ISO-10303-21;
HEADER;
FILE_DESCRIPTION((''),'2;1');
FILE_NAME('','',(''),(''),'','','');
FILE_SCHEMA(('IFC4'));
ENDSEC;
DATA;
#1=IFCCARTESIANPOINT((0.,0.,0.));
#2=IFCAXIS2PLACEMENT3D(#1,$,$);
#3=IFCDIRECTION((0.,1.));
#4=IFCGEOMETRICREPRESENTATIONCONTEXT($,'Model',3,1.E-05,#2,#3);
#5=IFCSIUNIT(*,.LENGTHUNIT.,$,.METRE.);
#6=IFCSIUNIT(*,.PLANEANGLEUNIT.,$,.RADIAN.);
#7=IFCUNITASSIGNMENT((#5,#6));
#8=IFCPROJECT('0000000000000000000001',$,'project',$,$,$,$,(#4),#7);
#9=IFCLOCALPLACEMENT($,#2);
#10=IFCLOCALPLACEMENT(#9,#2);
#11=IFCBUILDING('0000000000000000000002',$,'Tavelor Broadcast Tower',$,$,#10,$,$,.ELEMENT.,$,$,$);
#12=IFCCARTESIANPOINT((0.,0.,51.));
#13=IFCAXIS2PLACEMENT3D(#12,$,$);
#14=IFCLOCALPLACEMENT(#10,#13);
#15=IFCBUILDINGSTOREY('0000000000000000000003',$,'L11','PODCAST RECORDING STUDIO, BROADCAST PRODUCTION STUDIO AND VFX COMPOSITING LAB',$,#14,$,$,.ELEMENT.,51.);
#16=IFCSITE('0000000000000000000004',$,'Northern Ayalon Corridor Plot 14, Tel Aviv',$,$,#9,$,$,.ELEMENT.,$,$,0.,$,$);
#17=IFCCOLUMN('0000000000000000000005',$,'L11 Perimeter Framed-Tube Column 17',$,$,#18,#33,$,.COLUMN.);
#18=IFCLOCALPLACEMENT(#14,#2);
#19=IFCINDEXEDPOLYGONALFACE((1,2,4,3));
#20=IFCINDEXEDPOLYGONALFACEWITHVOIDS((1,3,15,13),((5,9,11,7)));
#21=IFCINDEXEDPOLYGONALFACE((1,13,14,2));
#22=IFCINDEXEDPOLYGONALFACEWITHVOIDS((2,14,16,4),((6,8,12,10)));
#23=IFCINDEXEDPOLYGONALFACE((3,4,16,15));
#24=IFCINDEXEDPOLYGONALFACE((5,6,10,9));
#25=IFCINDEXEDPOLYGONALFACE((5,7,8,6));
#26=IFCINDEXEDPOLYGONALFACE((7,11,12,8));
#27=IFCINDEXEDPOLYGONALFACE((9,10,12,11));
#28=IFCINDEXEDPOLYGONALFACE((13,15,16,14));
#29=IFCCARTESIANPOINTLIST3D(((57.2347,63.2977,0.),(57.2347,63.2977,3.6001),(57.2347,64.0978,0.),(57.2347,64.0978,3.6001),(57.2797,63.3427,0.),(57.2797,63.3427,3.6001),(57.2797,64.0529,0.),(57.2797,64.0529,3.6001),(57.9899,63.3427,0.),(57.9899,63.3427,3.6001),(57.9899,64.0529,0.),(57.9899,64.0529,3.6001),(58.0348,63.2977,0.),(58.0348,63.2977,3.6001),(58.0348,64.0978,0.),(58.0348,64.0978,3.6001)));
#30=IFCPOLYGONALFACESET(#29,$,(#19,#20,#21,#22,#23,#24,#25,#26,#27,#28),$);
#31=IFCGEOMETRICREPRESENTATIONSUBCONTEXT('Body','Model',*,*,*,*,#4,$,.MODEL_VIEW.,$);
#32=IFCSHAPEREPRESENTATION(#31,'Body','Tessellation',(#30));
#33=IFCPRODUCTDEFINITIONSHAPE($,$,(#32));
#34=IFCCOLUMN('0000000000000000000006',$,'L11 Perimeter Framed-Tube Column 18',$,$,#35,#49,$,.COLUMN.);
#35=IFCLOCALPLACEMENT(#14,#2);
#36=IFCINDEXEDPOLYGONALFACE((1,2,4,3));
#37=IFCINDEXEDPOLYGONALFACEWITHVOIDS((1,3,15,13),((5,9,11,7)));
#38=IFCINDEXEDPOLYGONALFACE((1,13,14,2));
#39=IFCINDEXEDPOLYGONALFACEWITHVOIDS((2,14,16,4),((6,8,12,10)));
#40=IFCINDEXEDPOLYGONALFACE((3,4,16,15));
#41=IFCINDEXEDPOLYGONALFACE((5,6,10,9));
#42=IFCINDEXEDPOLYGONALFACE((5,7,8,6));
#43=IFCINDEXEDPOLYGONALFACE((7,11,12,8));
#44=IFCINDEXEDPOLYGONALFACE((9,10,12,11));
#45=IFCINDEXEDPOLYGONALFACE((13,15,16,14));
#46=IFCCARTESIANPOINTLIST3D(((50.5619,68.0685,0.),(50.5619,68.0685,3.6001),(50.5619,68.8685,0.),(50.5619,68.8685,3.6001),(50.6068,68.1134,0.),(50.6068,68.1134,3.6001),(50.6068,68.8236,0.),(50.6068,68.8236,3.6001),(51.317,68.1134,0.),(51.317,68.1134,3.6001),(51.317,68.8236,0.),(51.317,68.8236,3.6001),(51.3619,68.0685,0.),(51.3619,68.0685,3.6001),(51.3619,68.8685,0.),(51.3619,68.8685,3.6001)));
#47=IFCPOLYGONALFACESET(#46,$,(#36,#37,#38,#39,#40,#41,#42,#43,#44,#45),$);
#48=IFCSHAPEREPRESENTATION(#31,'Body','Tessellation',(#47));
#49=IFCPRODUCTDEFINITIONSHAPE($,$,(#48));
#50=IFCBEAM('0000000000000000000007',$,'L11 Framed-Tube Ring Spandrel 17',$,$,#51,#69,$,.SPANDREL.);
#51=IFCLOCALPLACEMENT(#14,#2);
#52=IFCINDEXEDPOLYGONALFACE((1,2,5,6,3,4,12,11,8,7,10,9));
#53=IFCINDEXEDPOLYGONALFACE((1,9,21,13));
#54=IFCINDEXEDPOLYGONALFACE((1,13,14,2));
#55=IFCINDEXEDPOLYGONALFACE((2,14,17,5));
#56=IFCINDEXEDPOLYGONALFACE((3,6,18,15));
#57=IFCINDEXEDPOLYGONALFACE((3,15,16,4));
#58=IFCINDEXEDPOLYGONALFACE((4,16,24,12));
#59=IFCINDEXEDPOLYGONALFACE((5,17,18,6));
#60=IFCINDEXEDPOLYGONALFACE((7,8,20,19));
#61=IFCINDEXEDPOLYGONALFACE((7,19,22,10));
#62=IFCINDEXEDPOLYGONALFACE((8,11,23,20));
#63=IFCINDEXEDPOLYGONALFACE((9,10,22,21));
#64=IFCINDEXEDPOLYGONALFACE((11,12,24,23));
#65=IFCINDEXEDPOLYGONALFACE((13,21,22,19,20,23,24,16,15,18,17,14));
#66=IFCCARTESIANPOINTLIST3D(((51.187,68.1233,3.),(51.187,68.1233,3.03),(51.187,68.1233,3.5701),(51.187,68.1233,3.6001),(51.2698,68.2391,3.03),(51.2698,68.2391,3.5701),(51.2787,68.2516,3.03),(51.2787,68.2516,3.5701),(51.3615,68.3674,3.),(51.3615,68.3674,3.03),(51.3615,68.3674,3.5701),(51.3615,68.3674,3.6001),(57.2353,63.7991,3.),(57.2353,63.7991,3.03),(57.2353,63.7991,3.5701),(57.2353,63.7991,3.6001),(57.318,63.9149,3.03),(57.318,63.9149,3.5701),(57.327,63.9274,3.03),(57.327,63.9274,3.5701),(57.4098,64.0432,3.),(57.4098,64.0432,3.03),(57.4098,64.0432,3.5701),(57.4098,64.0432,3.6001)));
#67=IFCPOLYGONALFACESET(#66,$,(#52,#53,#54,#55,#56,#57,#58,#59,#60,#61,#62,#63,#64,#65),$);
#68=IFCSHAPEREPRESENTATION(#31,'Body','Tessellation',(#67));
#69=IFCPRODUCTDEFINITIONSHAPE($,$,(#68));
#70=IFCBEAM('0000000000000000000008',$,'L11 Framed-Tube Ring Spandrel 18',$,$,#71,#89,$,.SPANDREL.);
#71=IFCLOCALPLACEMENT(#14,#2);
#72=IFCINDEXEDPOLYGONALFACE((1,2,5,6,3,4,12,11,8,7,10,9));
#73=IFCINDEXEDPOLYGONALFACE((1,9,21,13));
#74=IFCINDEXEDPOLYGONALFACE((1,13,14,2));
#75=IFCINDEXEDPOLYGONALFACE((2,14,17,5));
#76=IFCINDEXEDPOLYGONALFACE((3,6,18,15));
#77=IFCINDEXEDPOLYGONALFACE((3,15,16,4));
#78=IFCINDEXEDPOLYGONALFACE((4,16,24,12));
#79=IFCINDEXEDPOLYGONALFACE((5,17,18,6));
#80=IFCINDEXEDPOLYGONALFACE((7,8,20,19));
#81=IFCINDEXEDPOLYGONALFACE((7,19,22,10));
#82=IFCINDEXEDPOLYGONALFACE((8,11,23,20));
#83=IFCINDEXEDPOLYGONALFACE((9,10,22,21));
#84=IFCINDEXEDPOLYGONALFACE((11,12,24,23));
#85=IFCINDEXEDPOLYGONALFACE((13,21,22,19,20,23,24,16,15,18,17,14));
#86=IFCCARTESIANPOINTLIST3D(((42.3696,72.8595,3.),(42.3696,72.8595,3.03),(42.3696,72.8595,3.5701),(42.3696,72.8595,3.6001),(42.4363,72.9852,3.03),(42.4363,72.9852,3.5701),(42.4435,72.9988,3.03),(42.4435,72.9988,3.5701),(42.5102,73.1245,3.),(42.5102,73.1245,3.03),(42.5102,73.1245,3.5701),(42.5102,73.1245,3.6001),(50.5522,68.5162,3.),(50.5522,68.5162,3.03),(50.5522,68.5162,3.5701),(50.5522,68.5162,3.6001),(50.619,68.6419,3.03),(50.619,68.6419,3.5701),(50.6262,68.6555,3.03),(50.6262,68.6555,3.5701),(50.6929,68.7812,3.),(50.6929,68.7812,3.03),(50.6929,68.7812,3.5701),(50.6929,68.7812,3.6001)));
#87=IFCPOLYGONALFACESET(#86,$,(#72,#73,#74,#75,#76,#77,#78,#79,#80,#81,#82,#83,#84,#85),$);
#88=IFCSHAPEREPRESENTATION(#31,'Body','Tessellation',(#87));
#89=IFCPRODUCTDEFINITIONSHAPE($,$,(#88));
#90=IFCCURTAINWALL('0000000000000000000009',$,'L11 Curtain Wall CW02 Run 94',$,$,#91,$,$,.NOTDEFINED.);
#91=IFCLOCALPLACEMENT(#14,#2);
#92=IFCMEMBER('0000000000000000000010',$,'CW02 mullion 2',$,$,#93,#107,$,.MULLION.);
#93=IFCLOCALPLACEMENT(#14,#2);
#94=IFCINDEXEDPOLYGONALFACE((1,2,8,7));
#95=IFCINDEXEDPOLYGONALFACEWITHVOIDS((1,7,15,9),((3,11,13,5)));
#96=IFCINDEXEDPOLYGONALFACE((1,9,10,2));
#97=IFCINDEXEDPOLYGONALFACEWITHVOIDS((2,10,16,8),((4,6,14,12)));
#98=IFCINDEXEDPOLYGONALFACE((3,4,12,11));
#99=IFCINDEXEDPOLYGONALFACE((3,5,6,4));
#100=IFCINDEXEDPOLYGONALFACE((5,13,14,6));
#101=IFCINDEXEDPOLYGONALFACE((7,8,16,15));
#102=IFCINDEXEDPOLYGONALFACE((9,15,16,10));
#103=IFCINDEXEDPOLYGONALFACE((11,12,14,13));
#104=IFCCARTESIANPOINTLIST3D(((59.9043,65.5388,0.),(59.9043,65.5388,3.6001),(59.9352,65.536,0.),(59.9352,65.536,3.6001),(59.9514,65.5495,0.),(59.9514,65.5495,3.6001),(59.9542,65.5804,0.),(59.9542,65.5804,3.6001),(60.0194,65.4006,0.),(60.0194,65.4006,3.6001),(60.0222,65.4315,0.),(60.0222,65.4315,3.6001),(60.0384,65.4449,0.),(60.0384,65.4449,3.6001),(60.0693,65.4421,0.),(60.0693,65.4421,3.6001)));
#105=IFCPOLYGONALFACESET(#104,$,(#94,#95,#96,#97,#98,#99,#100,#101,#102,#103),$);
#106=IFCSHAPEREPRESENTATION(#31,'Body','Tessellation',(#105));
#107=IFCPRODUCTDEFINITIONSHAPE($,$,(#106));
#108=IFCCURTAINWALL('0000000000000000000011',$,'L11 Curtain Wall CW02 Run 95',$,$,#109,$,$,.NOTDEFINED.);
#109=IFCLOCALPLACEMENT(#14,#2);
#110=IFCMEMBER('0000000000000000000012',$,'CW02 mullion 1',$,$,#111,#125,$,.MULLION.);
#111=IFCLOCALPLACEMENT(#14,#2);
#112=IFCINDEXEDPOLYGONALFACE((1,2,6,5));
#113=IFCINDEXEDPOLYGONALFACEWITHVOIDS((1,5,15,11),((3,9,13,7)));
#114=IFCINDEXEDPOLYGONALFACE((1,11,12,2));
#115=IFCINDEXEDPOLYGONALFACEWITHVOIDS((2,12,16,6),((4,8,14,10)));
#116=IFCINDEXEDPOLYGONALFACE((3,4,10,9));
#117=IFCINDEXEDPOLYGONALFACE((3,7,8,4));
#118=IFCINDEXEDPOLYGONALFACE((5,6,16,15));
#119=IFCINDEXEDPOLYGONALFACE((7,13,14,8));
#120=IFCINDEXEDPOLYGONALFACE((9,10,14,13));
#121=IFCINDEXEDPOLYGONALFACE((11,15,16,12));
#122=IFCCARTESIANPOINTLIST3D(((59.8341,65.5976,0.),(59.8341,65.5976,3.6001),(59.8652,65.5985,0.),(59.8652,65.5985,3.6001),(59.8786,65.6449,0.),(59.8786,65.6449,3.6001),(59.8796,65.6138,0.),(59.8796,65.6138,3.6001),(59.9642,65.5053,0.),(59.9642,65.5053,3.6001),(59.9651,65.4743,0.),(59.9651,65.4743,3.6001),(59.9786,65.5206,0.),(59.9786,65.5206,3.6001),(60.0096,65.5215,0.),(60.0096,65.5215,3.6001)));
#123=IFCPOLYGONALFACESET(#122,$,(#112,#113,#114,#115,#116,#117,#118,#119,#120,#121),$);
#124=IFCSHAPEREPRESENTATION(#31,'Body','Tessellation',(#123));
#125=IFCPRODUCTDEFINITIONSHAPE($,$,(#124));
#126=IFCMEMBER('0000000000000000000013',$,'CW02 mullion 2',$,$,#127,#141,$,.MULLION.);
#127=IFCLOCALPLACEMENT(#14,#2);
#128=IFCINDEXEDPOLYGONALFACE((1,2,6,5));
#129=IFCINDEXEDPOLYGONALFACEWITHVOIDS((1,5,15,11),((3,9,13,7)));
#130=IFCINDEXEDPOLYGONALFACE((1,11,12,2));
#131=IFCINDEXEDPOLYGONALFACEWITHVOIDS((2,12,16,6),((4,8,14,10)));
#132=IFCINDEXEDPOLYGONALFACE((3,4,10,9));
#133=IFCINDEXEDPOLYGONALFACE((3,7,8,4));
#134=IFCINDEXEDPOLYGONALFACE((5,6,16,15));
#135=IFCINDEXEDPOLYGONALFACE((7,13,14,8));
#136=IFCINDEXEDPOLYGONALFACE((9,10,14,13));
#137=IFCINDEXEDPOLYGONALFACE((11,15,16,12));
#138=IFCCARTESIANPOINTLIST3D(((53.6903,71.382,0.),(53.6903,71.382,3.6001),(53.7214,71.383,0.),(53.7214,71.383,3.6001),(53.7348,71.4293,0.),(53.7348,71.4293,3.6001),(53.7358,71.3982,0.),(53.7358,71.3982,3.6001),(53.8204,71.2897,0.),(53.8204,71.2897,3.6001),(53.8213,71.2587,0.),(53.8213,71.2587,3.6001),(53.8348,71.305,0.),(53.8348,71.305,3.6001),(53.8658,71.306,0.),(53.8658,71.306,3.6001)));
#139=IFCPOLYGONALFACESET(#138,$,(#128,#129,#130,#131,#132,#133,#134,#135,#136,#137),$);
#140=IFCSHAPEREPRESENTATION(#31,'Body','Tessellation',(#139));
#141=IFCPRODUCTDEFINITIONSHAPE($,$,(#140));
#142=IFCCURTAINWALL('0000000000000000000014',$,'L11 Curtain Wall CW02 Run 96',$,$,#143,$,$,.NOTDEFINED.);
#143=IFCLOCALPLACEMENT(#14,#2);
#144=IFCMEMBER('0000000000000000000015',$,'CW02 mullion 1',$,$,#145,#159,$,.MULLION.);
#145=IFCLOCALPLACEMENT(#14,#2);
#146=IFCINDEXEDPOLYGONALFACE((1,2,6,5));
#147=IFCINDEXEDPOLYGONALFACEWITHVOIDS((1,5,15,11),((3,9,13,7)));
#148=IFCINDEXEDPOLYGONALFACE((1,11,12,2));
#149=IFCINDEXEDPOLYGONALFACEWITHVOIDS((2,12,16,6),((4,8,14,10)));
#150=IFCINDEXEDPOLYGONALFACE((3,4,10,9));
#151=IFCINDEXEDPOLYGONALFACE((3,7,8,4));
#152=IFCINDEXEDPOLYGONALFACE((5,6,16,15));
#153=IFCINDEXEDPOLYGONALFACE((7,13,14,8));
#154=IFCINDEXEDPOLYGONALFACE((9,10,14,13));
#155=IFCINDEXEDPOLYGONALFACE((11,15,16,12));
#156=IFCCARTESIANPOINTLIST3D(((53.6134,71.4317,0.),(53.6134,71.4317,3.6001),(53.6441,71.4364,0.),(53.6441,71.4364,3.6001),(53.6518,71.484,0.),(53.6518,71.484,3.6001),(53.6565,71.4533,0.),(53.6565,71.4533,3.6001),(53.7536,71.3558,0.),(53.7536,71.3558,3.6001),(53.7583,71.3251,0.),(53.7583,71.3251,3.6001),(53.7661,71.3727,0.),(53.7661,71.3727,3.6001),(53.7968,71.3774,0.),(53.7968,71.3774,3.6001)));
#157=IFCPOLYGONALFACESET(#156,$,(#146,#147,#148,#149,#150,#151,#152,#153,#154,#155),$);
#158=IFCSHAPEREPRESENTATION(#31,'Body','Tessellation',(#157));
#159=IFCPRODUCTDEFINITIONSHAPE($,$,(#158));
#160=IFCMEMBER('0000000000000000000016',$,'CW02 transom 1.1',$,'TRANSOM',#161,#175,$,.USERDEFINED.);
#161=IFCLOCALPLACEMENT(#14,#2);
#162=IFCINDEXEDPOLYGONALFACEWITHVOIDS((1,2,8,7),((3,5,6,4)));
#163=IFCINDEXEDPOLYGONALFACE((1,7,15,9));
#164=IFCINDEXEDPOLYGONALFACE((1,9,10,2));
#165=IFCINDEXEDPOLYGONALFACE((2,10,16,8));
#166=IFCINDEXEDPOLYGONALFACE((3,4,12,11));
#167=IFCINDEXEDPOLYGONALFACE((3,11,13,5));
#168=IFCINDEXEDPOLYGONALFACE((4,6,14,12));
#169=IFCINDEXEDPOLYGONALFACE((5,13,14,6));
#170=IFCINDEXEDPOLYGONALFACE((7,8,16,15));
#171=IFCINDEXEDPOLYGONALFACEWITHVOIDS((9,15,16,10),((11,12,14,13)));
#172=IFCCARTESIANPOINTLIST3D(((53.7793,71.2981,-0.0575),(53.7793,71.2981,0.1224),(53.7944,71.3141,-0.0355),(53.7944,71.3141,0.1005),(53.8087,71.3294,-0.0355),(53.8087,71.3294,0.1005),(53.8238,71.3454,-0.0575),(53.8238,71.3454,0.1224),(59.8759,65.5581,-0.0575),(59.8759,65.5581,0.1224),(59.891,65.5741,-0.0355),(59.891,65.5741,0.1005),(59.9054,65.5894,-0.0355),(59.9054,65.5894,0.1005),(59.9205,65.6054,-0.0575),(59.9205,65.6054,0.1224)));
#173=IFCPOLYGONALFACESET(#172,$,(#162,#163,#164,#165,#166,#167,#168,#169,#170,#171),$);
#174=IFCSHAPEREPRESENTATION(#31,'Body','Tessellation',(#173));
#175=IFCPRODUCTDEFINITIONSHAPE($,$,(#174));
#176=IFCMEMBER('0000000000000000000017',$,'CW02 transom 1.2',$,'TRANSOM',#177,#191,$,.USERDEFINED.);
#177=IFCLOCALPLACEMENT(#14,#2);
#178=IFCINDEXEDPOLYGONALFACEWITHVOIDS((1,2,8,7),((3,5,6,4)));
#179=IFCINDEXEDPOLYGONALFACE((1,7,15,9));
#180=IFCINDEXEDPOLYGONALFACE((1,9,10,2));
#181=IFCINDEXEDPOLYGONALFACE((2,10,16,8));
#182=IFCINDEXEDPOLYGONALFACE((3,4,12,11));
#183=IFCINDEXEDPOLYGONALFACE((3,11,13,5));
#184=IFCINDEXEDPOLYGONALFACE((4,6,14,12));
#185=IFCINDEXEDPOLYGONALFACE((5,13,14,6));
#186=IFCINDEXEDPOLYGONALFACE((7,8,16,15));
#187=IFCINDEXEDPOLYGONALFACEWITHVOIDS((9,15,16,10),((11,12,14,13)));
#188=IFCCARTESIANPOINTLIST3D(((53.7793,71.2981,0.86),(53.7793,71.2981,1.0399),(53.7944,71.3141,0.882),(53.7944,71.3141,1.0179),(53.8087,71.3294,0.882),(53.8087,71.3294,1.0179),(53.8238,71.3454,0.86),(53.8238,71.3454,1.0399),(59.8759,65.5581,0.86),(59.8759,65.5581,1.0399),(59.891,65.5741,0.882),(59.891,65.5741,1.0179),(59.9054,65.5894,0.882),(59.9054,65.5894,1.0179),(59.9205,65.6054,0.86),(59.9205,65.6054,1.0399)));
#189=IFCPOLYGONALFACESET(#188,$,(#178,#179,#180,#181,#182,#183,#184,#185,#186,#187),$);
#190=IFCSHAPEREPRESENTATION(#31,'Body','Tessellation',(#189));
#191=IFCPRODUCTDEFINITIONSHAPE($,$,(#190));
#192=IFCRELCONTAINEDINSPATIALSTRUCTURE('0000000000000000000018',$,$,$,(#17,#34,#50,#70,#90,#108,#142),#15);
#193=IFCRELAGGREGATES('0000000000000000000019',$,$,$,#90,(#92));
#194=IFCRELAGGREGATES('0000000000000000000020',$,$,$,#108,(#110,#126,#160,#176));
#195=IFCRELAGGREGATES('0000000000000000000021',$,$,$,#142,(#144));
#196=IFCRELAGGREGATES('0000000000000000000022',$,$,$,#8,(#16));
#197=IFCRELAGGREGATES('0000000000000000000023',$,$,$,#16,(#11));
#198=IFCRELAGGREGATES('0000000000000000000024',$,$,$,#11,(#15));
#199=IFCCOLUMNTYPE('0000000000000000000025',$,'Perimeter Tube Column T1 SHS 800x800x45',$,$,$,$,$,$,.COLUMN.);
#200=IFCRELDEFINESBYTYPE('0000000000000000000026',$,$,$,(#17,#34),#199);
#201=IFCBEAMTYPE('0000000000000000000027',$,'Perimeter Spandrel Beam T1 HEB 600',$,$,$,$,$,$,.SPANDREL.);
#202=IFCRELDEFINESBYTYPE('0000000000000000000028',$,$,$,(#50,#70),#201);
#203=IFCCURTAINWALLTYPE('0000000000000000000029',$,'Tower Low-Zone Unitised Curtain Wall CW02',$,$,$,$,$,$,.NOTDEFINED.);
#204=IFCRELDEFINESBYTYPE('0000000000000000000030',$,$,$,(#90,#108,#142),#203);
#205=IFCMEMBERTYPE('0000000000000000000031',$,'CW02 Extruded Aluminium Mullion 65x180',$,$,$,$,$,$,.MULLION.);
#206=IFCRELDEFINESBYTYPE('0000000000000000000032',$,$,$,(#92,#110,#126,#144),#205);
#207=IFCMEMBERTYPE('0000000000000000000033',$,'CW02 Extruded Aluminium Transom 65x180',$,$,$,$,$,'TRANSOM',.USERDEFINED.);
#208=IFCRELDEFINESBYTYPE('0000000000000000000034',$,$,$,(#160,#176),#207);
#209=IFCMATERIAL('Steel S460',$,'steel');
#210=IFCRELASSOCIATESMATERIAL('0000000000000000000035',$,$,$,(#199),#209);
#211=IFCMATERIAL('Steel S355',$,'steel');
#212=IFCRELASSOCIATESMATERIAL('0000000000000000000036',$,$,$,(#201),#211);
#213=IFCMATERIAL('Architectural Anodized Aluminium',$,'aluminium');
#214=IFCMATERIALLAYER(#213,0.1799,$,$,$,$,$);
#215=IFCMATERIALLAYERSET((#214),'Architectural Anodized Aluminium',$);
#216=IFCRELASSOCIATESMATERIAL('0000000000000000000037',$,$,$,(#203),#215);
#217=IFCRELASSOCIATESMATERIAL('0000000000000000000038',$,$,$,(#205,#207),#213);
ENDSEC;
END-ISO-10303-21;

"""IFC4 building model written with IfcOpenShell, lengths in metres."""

from ifc_helpers import new_model, si_unit, direction, frame, origin, origin_2d, place, context, subcontext, project, spatial, hollow_rectangle, i_section, extrude, source, transform, mapped, material, layer, layer_set, material_profile, profile_set, type_object, type_shapes, element, aggregate, save


model = new_model("IFC4")

# Units and contexts
model_context = context("Model", 3, precision=1e-05, world=origin(), true_north=direction((0.0, 1.0)))
body_context = subcontext(model_context, "Body", "Model", "MODEL_VIEW")
ifc_project = project(units=[si_unit("LENGTHUNIT", "METRE"), si_unit("PLANEANGLEUNIT", "RADIAN")], contexts=[model_context])

# Site, building, storey
site_placement = place(None, origin())
site = spatial("IfcSite", under=ifc_project, at=site_placement, Name="Northern Ayalon Corridor Plot 14, Tel Aviv", CompositionType="ELEMENT", RefElevation=0.0)
building_placement = place(site_placement, origin())
building = spatial("IfcBuilding", under=site, at=building_placement, Name="Tavelor Broadcast Tower", CompositionType="ELEMENT")
storey_placement = place(building_placement, frame((0.0, 0.0, 51.0)))
storey = spatial("IfcBuildingStorey", under=building, at=storey_placement, Name="L11", Description="PODCAST RECORDING STUDIO, BROADCAST PRODUCTION STUDIO AND VFX COMPOSITING LAB", CompositionType="ELEMENT", Elevation=51.0)

# Columns
ifc_material_1 = material(Name="Steel S460", Category="steel")
ifc_material_profile_1 = material_profile(ifc_material_1, hollow_rectangle(XDim=0.8, YDim=0.8, WallThickness=0.0449, at=origin_2d()), Name="SHS 800x800x45")
ifc_profile_set_1 = profile_set([ifc_material_profile_1], Name="Steel S460")
column_type = type_object("IfcColumnType", Name="Perimeter Tube Column T1 SHS 800x800x45", PredefinedType="COLUMN", material=ifc_profile_set_1)
for number, where, z_axis, x_axis, name in (
    (1, (57.6348, 63.6978, 0.0), (0.0, 0.0, 1.0), (1.0, 0.0, 0.0), "L11 Perimeter Framed-Tube Column 17"),
    (2, (50.9619, 68.4685, 0.0), (0.0, 0.0, 1.0), (1.0, 0.0, 0.0), "L11 Perimeter Framed-Tube Column 18"),
):
    element("IfcColumn", number, at=place(storey_placement, frame(where, z_axis=z_axis, x_axis=x_axis)), inside=storey, type_object=column_type, Name=name, PredefinedType="COLUMN", context=body_context, shape_type="SweptSolid", body=[
        extrude(hollow_rectangle(XDim=0.8, YDim=0.8, WallThickness=0.0449, at=origin_2d()), origin(), (0.0, 0.0, 1.0), 3.6001),
    ])

# Beams
ifc_material_2 = material(Name="Steel S355", Category="steel")
ifc_material_profile_2 = material_profile(ifc_material_2, i_section(OverallWidth=0.3, OverallDepth=0.6001, WebThickness=0.0154, FlangeThickness=0.03, at=origin_2d()), Name="HEB 600")
ifc_profile_set_2 = profile_set([ifc_material_profile_2], Name="Steel S355")
beam_type = type_object("IfcBeamType", Name="Perimeter Spandrel Beam T1 HEB 600", PredefinedType="SPANDREL", material=ifc_profile_set_2)
beam_1_placement = place(storey_placement, frame((57.3225, 63.9211, 3.3), z_axis=(-0.81348, 0.581592, 0.0), x_axis=(-0.581592, -0.81348, 0.0)))
element("IfcBeam", 3, at=beam_1_placement, inside=storey, type_object=beam_type, Name="L11 Framed-Tube Ring Spandrel 17", PredefinedType="SPANDREL", context=body_context, shape_type="SweptSolid", body=[
    extrude(i_section(OverallWidth=0.3, OverallDepth=0.6001, WebThickness=0.0154, FlangeThickness=0.03, at=origin_2d()), origin(), (0.0, 0.0, 1.0), 7.4351),
])
beam_2_placement = place(storey_placement, frame((50.6226, 68.6487, 3.3), z_axis=(-0.883284, 0.468839, 0.0), x_axis=(-0.468839, -0.883284, 0.0)))
element("IfcBeam", 4, at=beam_2_placement, inside=storey, type_object=beam_type, Name="L11 Framed-Tube Ring Spandrel 18", PredefinedType="SPANDREL", context=body_context, shape_type="SweptSolid", body=[
    extrude(i_section(OverallWidth=0.3, OverallDepth=0.6001, WebThickness=0.0154, FlangeThickness=0.03, at=origin_2d()), origin(), (0.0, 0.0, 1.0), 9.2639),
])

# Curtain wall, member
ifc_material_3 = material(Name="Architectural Anodized Aluminium", Category="aluminium")
ifc_layer_1 = layer(ifc_material_3, 0.1799)
ifc_layer_set_1 = layer_set([ifc_layer_1], Name="Architectural Anodized Aluminium")
curtain_wall_type = type_object("IfcCurtainWallType", Name="Tower Low-Zone Unitised Curtain Wall CW02", PredefinedType="NOTDEFINED", material=ifc_layer_set_1)
curtain_wall_1_placement = place(storey_placement, origin())
curtain_wall_1 = element("IfcCurtainWall", 5, at=curtain_wall_1_placement, inside=storey, type_object=curtain_wall_type, Name="L11 Curtain Wall CW02 Run 94", PredefinedType="NOTDEFINED")
ifc_material_profile_3 = material_profile(ifc_material_3, hollow_rectangle(XDim=0.0649, YDim=0.1799, WallThickness=0.022, at=origin_2d()), Name="RHS 65x180x22")
ifc_profile_set_3 = profile_set([ifc_material_profile_3], Name="Architectural Anodized Aluminium")
member_type_1 = type_object("IfcMemberType", Name="CW02 Extruded Aluminium Mullion 65x180", PredefinedType="MULLION", material=ifc_profile_set_3)
shared_shape_1 = source(origin(), body_context, "Body", "SweptSolid", [
    extrude(hollow_rectangle(XDim=0.0649, YDim=0.1799, WallThickness=0.022, at=origin_2d()), origin(), (0.0, 0.0, 1.0), 3.6001),
])
type_shapes(member_type_1, [shared_shape_1])
member_1_placement = place(storey_placement, frame((59.9868, 65.4905, 0.0), z_axis=(0.0, 0.0, 1.0), x_axis=(-0.76856, -0.639777, 0.0)))
member_1 = element("IfcMember", 6, at=member_1_placement, type_object=member_type_1, Name="CW02 mullion 2", PredefinedType="MULLION", context=body_context, shape_type="MappedRepresentation", body=[
    mapped(shared_shape_1, transform((0.0, 0.0, 0.0), scale=1.0)),
])
aggregate(curtain_wall_1, [member_1])

# Curtain wall, members
curtain_wall_2_placement = place(storey_placement, origin())
curtain_wall_2 = element("IfcCurtainWall", 7, at=curtain_wall_2_placement, inside=storey, type_object=curtain_wall_type, Name="L11 Curtain Wall CW02 Run 95", PredefinedType="NOTDEFINED")
member_2_placement = place(storey_placement, frame((59.9219, 65.5596, 0.0), z_axis=(0.0, 0.0, 1.0), x_axis=(-0.685489, -0.728083, 0.0)))
member_2 = element("IfcMember", 8, at=member_2_placement, type_object=member_type_1, Name="CW02 mullion 1", PredefinedType="MULLION", context=body_context, shape_type="MappedRepresentation", body=[
    mapped(shared_shape_1, transform((0.0, 0.0, 0.0), scale=1.0)),
])
member_3_placement = place(storey_placement, frame((53.7781, 71.344, 0.0), z_axis=(0.0, 0.0, 1.0), x_axis=(-0.685489, -0.728083, 0.0)))
member_3 = element("IfcMember", 9, at=member_3_placement, type_object=member_type_1, Name="CW02 mullion 2", PredefinedType="MULLION", context=body_context, shape_type="MappedRepresentation", body=[
    mapped(shared_shape_1, transform((0.0, 0.0, 0.0), scale=1.0)),
])

# Curtain wall, member
curtain_wall_3_placement = place(storey_placement, origin())
curtain_wall_3 = element("IfcCurtainWall", 10, at=curtain_wall_3_placement, inside=storey, type_object=curtain_wall_type, Name="L11 Curtain Wall CW02 Run 96", PredefinedType="NOTDEFINED")
member_4_placement = place(storey_placement, frame((53.7051, 71.4045, 0.0), z_axis=(0.0, 0.0, 1.0), x_axis=(-0.592346, -0.805684, 0.0)))
member_4 = element("IfcMember", 11, at=member_4_placement, type_object=member_type_1, Name="CW02 mullion 1", PredefinedType="MULLION", context=body_context, shape_type="MappedRepresentation", body=[
    mapped(shared_shape_1, transform((0.0, 0.0, 0.0), scale=1.0)),
])

# Members
ifc_material_profile_4 = material_profile(ifc_material_3, hollow_rectangle(XDim=0.0649, YDim=0.1799, WallThickness=0.022, at=origin_2d()), Name="RHS 65x180x22")
ifc_profile_set_4 = profile_set([ifc_material_profile_4], Name="Architectural Anodized Aluminium")
member_type_2 = type_object("IfcMemberType", Name="CW02 Extruded Aluminium Transom 65x180", ElementType="TRANSOM", PredefinedType="USERDEFINED", material=ifc_profile_set_4)
shared_shape_2 = source(origin(), body_context, "Body", "SweptSolid", [
    extrude(hollow_rectangle(XDim=0.0649, YDim=0.1799, WallThickness=0.022, at=origin_2d()), origin(), (0.0, 0.0, 1.0), 8.3735),
])
member_5_placement = place(storey_placement, frame((59.8982, 65.5818, 0.0325), z_axis=(-0.728084, 0.685487, 0.0), x_axis=(-0.685487, -0.728084, 0.0)))
member_5 = element("IfcMember", 12, at=member_5_placement, type_object=member_type_2, Name="CW02 transom 1.1", ObjectType="TRANSOM", PredefinedType="USERDEFINED", context=body_context, shape_type="MappedRepresentation", body=[
    mapped(shared_shape_2, transform((0.0, 0.0, 0.0), scale=1.0)),
])
member_6_placement = place(storey_placement, frame((59.8982, 65.5818, 0.95), z_axis=(-0.728084, 0.685487, 0.0), x_axis=(-0.685487, -0.728084, 0.0)))
member_6 = element("IfcMember", 13, at=member_6_placement, type_object=member_type_2, Name="CW02 transom 1.2", ObjectType="TRANSOM", PredefinedType="USERDEFINED", context=body_context, shape_type="MappedRepresentation", body=[
    mapped(shared_shape_2, transform((0.0, 0.0, 0.0), scale=1.0)),
])

aggregate(curtain_wall_2, [member_2, member_3, member_5, member_6])
aggregate(curtain_wall_3, [member_4])

save(model, "model.ifc")
